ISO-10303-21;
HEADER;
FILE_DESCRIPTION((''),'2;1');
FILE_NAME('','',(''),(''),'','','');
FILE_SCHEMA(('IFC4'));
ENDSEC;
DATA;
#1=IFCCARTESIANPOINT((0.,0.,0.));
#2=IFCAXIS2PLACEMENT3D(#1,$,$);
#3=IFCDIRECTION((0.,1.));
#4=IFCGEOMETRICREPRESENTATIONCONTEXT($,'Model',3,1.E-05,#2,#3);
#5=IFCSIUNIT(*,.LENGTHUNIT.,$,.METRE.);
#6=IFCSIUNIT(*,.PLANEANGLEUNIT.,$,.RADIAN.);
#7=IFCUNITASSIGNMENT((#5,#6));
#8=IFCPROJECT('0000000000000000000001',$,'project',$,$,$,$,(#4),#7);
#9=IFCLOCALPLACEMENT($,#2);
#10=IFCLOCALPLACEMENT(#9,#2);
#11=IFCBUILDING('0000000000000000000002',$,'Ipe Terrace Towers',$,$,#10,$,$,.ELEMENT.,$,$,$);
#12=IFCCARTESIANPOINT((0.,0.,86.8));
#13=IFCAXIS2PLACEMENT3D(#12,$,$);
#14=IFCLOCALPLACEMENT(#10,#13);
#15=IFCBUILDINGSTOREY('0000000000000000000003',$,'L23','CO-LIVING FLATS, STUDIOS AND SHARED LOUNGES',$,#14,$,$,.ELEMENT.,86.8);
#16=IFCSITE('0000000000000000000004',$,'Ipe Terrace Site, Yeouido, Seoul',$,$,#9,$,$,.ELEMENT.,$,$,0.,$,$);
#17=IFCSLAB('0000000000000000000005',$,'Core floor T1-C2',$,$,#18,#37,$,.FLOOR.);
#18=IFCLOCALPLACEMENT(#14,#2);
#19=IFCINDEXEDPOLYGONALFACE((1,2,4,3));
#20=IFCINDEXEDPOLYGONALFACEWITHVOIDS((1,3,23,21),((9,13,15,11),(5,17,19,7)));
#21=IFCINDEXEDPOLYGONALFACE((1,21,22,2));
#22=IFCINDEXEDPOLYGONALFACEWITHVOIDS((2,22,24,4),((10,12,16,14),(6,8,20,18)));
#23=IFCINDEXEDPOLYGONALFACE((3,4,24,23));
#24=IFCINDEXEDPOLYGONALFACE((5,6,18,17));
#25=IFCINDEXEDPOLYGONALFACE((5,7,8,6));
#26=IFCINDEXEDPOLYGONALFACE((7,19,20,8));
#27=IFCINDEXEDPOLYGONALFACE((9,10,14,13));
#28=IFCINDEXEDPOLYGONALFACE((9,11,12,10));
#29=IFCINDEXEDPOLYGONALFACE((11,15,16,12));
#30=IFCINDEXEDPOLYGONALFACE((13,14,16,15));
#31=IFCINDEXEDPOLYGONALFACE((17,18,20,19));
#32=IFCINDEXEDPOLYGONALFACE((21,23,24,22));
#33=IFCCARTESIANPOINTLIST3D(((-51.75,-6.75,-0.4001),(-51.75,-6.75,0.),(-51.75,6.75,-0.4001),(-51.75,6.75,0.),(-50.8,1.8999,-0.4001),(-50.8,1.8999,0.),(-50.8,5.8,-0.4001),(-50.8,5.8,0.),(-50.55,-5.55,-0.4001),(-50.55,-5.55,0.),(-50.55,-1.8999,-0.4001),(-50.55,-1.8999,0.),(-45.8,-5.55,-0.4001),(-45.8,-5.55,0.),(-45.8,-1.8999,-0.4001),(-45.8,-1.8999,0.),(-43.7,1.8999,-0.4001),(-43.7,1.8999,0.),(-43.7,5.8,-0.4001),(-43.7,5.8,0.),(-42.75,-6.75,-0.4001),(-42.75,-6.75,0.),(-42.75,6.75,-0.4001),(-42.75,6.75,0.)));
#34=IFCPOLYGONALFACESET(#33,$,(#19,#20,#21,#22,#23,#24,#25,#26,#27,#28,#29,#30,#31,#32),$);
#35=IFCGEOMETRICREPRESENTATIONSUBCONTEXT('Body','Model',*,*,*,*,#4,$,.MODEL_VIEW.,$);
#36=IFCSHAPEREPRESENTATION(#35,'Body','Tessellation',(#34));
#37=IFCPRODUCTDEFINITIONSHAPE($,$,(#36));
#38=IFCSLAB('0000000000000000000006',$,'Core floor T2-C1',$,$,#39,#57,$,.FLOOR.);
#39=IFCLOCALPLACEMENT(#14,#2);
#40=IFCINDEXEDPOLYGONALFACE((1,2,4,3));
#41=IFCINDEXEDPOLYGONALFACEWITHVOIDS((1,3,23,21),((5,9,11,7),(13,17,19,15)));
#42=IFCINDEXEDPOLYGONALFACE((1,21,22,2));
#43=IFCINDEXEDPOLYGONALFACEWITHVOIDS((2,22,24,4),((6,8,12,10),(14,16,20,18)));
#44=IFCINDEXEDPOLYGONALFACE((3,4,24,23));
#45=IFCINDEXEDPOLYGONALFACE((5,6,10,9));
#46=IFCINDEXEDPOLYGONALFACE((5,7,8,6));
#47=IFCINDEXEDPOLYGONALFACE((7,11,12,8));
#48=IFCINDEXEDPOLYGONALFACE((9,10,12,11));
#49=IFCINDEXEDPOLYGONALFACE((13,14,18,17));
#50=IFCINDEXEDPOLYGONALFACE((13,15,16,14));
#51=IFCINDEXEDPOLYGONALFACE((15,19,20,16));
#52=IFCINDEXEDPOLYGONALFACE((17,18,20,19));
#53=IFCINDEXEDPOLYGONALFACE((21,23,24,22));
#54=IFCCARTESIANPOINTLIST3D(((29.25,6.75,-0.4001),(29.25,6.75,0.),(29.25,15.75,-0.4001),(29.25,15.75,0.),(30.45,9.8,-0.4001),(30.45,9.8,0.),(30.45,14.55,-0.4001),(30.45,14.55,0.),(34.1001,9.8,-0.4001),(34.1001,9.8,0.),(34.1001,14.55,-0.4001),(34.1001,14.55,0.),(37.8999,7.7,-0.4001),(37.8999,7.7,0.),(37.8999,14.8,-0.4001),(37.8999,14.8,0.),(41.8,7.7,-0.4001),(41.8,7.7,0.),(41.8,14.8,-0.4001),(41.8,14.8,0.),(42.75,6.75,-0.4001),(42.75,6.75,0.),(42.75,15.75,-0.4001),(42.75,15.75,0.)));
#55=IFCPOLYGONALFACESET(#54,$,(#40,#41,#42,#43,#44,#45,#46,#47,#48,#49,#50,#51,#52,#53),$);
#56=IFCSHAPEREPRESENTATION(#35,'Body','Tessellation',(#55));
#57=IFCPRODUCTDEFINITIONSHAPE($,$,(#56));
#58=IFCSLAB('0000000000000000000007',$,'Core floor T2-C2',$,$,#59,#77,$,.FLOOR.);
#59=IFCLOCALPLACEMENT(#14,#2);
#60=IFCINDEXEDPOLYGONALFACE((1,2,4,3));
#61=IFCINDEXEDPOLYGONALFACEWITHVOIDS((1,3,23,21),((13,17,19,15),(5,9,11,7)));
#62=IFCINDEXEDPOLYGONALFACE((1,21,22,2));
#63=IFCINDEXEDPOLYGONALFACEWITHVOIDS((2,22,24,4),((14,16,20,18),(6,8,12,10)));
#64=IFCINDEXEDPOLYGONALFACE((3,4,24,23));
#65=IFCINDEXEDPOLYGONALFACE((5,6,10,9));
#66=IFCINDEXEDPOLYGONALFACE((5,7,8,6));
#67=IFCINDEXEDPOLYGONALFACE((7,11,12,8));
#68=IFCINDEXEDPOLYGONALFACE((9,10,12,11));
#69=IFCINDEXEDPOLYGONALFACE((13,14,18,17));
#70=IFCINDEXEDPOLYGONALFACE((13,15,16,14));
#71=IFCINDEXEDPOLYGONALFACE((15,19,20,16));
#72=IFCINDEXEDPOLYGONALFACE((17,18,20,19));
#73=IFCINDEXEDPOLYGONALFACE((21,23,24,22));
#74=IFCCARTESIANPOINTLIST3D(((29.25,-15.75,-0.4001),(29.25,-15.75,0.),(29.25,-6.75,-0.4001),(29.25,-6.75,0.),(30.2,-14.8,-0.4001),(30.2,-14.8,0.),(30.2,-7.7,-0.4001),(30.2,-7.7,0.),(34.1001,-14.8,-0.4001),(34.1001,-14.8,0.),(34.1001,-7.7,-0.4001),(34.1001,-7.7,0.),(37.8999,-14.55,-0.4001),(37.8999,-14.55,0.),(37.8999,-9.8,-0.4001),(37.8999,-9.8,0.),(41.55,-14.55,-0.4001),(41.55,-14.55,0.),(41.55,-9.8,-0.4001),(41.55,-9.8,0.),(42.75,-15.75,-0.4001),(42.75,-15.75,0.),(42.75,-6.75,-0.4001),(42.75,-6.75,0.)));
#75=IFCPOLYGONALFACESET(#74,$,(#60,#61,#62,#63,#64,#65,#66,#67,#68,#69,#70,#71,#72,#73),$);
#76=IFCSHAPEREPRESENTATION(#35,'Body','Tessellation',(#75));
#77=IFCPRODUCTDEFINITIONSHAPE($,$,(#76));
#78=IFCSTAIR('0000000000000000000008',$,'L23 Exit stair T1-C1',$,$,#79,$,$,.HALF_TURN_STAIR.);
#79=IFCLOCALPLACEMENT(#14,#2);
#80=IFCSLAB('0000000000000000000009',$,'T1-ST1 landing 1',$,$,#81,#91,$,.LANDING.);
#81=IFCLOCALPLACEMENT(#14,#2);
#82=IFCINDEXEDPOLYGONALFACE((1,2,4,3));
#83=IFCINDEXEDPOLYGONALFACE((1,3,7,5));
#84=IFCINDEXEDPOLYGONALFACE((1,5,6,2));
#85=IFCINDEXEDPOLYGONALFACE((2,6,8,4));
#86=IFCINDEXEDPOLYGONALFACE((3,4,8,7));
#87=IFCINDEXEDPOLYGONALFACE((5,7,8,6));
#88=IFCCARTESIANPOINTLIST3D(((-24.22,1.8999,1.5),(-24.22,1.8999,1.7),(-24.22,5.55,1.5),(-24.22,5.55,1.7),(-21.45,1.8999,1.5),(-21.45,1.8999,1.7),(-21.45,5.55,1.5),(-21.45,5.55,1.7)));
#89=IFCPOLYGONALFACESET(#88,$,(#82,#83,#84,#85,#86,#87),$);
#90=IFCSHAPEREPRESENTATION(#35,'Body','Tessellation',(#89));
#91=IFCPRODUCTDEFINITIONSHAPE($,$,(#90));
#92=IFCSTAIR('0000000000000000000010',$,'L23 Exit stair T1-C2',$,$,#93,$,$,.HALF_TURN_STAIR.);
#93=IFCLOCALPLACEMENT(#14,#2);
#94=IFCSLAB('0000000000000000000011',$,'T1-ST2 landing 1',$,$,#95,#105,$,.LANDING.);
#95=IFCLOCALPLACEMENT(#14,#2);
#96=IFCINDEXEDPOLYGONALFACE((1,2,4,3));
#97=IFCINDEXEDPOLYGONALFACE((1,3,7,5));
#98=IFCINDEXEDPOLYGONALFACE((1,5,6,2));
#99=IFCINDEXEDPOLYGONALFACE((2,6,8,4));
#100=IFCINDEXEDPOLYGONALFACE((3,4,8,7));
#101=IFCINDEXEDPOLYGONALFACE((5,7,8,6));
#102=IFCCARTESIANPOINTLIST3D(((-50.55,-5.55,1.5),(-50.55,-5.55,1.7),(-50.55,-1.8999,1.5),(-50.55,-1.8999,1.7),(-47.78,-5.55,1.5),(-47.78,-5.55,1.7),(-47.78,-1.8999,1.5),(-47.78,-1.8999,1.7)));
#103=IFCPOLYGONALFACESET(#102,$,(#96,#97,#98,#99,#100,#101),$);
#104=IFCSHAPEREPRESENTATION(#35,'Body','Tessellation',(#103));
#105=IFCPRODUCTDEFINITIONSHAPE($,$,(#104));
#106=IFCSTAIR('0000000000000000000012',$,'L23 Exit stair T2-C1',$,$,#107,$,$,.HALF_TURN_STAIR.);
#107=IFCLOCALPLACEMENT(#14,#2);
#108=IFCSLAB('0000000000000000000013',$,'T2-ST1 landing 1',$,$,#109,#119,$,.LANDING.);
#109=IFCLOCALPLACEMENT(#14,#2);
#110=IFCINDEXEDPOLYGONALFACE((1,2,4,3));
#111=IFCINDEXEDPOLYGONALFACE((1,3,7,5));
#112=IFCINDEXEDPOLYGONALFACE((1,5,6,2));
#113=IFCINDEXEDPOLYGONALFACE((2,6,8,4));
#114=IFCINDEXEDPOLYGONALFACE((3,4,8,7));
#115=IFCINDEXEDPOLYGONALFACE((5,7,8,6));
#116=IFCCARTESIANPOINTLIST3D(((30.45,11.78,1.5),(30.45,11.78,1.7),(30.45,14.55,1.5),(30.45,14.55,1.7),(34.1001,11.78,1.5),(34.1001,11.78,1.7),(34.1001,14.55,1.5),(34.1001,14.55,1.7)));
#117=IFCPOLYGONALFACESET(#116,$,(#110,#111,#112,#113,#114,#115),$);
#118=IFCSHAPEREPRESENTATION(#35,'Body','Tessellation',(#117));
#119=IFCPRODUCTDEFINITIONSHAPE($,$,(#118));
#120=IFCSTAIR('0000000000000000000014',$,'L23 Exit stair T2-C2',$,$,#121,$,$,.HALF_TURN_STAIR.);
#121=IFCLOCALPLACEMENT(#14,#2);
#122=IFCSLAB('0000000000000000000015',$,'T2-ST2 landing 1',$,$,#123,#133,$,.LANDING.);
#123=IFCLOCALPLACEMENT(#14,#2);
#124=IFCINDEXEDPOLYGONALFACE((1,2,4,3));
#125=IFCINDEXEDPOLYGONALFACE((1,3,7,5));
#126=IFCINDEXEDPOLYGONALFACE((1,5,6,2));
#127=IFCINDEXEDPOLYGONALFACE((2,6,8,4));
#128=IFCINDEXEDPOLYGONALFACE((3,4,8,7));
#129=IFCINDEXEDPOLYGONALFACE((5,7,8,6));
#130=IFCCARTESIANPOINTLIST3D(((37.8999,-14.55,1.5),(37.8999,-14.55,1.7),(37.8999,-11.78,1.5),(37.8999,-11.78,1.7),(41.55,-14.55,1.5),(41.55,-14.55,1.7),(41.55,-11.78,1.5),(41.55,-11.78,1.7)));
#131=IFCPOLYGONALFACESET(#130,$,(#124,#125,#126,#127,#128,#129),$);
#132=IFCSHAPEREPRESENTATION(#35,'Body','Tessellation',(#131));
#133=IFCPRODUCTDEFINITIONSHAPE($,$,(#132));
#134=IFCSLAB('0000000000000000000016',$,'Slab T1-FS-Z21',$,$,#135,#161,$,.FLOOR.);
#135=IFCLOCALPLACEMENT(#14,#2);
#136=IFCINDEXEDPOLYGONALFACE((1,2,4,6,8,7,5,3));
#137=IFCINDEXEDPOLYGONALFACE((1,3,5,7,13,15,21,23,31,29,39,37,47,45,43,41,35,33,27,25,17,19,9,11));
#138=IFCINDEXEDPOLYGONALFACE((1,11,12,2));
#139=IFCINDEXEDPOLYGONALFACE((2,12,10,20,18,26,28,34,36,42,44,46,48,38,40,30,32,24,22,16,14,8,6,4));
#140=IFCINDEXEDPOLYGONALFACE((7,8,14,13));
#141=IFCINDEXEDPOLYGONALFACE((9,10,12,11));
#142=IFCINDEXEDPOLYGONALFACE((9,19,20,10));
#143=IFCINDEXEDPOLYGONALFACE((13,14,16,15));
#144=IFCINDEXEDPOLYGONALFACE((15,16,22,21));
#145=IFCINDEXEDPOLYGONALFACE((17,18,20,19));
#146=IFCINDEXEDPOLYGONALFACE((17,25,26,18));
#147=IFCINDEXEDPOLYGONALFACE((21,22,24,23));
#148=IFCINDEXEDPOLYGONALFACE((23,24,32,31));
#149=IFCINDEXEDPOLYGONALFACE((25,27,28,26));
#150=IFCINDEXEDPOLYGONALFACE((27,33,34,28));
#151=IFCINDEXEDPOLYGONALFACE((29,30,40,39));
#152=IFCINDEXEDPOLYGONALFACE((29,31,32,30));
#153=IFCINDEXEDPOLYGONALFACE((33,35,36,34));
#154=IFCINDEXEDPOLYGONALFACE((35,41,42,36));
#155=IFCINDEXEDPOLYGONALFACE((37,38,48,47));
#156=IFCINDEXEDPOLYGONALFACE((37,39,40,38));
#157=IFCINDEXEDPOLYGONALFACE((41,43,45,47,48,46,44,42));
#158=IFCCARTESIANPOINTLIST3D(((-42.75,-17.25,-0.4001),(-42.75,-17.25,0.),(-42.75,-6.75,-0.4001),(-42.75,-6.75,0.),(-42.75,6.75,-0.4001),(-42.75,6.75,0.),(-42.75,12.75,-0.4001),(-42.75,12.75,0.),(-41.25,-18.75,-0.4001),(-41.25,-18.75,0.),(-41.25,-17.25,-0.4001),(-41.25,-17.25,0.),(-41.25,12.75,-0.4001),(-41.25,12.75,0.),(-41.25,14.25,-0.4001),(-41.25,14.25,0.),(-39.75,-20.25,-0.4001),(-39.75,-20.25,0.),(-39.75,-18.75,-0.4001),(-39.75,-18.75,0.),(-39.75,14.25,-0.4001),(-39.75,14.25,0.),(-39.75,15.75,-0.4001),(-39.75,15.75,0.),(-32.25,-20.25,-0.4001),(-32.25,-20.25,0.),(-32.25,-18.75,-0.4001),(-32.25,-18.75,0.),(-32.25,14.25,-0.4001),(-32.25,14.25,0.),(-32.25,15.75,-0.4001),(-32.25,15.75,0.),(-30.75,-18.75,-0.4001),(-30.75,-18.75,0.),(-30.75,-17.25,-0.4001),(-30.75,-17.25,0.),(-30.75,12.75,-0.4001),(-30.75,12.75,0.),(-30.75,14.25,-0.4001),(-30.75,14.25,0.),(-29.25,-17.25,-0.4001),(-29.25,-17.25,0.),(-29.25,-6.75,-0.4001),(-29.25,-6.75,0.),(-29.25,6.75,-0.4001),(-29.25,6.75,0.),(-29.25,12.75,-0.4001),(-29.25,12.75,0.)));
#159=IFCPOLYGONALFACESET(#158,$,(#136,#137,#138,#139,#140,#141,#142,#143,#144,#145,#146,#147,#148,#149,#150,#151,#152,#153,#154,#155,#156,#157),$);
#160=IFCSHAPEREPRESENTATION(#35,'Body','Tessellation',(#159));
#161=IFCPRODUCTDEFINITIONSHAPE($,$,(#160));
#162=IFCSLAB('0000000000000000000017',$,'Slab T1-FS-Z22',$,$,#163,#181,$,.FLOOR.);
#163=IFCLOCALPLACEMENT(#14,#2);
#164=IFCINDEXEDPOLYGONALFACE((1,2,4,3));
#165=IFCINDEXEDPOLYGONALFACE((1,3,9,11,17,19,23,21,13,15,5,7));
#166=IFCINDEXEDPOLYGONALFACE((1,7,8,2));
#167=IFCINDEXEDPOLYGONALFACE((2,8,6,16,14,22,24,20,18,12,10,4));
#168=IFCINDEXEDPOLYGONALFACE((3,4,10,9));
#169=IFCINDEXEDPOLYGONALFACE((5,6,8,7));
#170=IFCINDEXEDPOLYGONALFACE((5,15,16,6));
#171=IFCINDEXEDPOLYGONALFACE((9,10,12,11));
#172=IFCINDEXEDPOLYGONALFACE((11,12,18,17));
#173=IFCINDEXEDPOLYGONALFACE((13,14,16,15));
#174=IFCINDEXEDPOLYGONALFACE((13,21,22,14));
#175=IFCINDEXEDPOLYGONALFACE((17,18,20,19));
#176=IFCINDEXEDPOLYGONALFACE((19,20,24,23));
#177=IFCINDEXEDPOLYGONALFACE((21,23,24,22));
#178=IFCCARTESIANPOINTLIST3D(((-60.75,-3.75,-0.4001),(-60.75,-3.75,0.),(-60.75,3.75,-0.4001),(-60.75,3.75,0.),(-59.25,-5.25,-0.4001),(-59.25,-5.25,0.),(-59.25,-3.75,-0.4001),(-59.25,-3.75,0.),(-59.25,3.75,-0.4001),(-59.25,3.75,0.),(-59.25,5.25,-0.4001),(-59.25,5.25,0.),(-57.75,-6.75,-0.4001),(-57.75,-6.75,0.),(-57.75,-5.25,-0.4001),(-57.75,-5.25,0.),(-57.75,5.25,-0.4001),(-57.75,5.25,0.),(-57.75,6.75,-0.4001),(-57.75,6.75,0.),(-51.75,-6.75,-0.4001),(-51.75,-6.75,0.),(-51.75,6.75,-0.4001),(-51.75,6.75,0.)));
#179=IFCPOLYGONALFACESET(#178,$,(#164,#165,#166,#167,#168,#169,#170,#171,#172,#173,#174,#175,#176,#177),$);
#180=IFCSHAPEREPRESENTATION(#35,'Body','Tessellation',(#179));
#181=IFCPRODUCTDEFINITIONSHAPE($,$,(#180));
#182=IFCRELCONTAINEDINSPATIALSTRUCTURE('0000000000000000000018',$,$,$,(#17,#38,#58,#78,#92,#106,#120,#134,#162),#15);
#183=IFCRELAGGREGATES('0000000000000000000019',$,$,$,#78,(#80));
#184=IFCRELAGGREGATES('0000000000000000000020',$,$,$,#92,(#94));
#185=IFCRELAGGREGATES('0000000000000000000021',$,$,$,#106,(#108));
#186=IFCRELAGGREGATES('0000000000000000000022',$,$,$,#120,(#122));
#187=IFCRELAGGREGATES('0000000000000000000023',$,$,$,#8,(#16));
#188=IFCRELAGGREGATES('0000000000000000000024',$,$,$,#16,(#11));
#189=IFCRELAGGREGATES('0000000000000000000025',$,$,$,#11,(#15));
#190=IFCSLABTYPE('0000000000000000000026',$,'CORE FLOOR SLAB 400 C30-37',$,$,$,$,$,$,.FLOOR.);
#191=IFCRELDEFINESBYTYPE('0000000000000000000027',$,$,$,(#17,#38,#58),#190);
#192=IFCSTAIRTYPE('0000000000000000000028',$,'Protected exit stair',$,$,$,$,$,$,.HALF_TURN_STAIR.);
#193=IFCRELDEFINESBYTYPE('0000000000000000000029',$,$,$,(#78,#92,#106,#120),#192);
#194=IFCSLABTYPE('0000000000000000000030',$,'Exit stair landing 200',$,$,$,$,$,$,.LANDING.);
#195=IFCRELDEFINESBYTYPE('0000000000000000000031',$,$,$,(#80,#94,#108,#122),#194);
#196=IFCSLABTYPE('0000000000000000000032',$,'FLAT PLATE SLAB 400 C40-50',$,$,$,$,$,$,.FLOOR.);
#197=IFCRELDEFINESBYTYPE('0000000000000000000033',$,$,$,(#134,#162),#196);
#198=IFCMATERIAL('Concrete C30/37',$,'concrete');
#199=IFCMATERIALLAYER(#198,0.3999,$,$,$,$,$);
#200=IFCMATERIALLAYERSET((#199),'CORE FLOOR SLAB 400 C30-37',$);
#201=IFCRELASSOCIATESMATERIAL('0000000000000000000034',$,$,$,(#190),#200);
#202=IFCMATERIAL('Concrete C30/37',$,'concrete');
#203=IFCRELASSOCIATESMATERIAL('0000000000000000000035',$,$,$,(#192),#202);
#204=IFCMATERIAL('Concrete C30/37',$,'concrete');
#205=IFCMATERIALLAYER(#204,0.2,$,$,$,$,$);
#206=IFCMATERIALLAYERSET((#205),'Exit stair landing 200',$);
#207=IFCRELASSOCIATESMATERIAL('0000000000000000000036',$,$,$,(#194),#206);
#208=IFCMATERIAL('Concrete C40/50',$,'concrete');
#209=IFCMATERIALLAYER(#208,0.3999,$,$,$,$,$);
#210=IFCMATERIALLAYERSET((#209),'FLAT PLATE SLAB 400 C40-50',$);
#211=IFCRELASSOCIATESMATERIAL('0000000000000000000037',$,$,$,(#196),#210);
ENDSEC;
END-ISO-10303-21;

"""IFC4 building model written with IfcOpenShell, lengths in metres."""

from ifc_helpers import new_model, si_unit, direction, frame, origin, place, context, subcontext, project, spatial, polyline, outline, extrude, material, layer, layer_set, type_object, element, aggregate, save


model = new_model("IFC4")

# Units and contexts
model_context = context("Model", 3, precision=1e-05, world=origin(), true_north=direction((0.0, 1.0)))
body_context = subcontext(model_context, "Body", "Model", "MODEL_VIEW")
ifc_project = project(units=[si_unit("LENGTHUNIT", "METRE"), si_unit("PLANEANGLEUNIT", "RADIAN")], contexts=[model_context])

# Site, building, storey
site_placement = place(None, origin())
site = spatial("IfcSite", under=ifc_project, at=site_placement, Name="Ipe Terrace Site, Yeouido, Seoul", CompositionType="ELEMENT", RefElevation=0.0)
building_placement = place(site_placement, origin())
building = spatial("IfcBuilding", under=site, at=building_placement, Name="Ipe Terrace Towers", CompositionType="ELEMENT")
storey_placement = place(building_placement, frame((0.0, 0.0, 86.8)))
storey = spatial("IfcBuildingStorey", under=building, at=storey_placement, Name="L23", Description="CO-LIVING FLATS, STUDIOS AND SHARED LOUNGES", CompositionType="ELEMENT", Elevation=86.8)

# Slabs
ifc_material_1 = material(Name="Concrete C30/37", Category="concrete")
ifc_layer_1 = layer(ifc_material_1, 0.3999)
ifc_layer_set_1 = layer_set([ifc_layer_1], Name="CORE FLOOR SLAB 400 C30-37")
slab_type_1 = type_object("IfcSlabType", Name="CORE FLOOR SLAB 400 C30-37", PredefinedType="FLOOR", material=ifc_layer_set_1)
slab_1_placement = place(storey_placement, frame((0.0, 0.0, -0.4001)))
element("IfcSlab", 1, at=slab_1_placement, inside=storey, type_object=slab_type_1, Name="Core floor T1-C2", PredefinedType="FLOOR", context=body_context, shape_type="SweptSolid", body=[
    extrude(outline(polyline([(-51.75, -6.75), (-51.75, 6.75), (-42.75, 6.75), (-42.75, -6.75), (-51.75, -6.75)]), holes=[polyline([(-45.8, -5.55), (-45.8, -1.8999), (-50.55, -1.8999), (-50.55, -5.55), (-45.8, -5.55)]), polyline([(-50.8, 1.8999), (-43.7, 1.8999), (-43.7, 5.8), (-50.8, 5.8), (-50.8, 1.8999)])]), origin(), (0.0, 0.0, 1.0), 0.4001),
])
slab_2_placement = place(storey_placement, frame((0.0, 0.0, -0.4001)))
element("IfcSlab", 2, at=slab_2_placement, inside=storey, type_object=slab_type_1, Name="Core floor T2-C1", PredefinedType="FLOOR", context=body_context, shape_type="SweptSolid", body=[
    extrude(outline(polyline([(29.25, 6.75), (29.25, 15.75), (42.75, 15.75), (42.75, 6.75), (29.25, 6.75)]), holes=[polyline([(41.8, 7.7), (41.8, 14.8), (37.8999, 14.8), (37.8999, 7.7), (41.8, 7.7)]), polyline([(30.45, 9.8), (34.1001, 9.8), (34.1001, 14.55), (30.45, 14.55), (30.45, 9.8)])]), origin(), (0.0, 0.0, 1.0), 0.4001),
])
slab_3_placement = place(storey_placement, frame((0.0, 0.0, -0.4001)))
element("IfcSlab", 3, at=slab_3_placement, inside=storey, type_object=slab_type_1, Name="Core floor T2-C2", PredefinedType="FLOOR", context=body_context, shape_type="SweptSolid", body=[
    extrude(outline(polyline([(29.25, -15.75), (29.25, -6.75), (42.75, -6.75), (42.75, -15.75), (29.25, -15.75)]), holes=[polyline([(34.1001, -14.8), (34.1001, -7.7), (30.2, -7.7), (30.2, -14.8), (34.1001, -14.8)]), polyline([(41.55, -9.8), (37.8999, -9.8), (37.8999, -14.55), (41.55, -14.55), (41.55, -9.8)])]), origin(), (0.0, 0.0, 1.0), 0.4001),
])

# Stairs, slabs
ifc_material_2 = material(Name="Concrete C30/37", Category="concrete")
stair_type = type_object("IfcStairType", Name="Protected exit stair", PredefinedType="HALF_TURN_STAIR", material=ifc_material_2)
stair_1_placement = place(storey_placement, origin())
stair_1 = element("IfcStair", 4, at=stair_1_placement, inside=storey, type_object=stair_type, Name="L23 Exit stair T1-C1", PredefinedType="HALF_TURN_STAIR")
ifc_material_3 = material(Name="Concrete C30/37", Category="concrete")
ifc_layer_2 = layer(ifc_material_3, 0.2)
ifc_layer_set_2 = layer_set([ifc_layer_2], Name="Exit stair landing 200")
slab_type_2 = type_object("IfcSlabType", Name="Exit stair landing 200", PredefinedType="LANDING", material=ifc_layer_set_2)
slab_4_placement = place(storey_placement, frame((0.0, 0.0, 1.5)))
slab_4 = element("IfcSlab", 5, at=slab_4_placement, type_object=slab_type_2, Name="T1-ST1 landing 1", PredefinedType="LANDING", context=body_context, shape_type="SweptSolid", body=[
    extrude(outline(polyline([(-24.22, 1.8999), (-21.45, 1.8999), (-21.45, 5.55), (-24.22, 5.55), (-24.22, 1.8999)])), origin(), (0.0, 0.0, 1.0), 0.2),
])
aggregate(stair_1, [slab_4])
stair_2_placement = place(storey_placement, origin())
stair_2 = element("IfcStair", 6, at=stair_2_placement, inside=storey, type_object=stair_type, Name="L23 Exit stair T1-C2", PredefinedType="HALF_TURN_STAIR")
slab_5_placement = place(storey_placement, frame((0.0, 0.0, 1.5)))
slab_5 = element("IfcSlab", 7, at=slab_5_placement, type_object=slab_type_2, Name="T1-ST2 landing 1", PredefinedType="LANDING", context=body_context, shape_type="SweptSolid", body=[
    extrude(outline(polyline([(-47.78, -1.8999), (-50.55, -1.8999), (-50.55, -5.55), (-47.78, -5.55), (-47.78, -1.8999)])), origin(), (0.0, 0.0, 1.0), 0.2),
])
aggregate(stair_2, [slab_5])
stair_3_placement = place(storey_placement, origin())
stair_3 = element("IfcStair", 8, at=stair_3_placement, inside=storey, type_object=stair_type, Name="L23 Exit stair T2-C1", PredefinedType="HALF_TURN_STAIR")
slab_6_placement = place(storey_placement, frame((0.0, 0.0, 1.5)))
slab_6 = element("IfcSlab", 9, at=slab_6_placement, type_object=slab_type_2, Name="T2-ST1 landing 1", PredefinedType="LANDING", context=body_context, shape_type="SweptSolid", body=[
    extrude(outline(polyline([(34.1001, 11.78), (34.1001, 14.55), (30.45, 14.55), (30.45, 11.78), (34.1001, 11.78)])), origin(), (0.0, 0.0, 1.0), 0.2),
])
aggregate(stair_3, [slab_6])
stair_4_placement = place(storey_placement, origin())
stair_4 = element("IfcStair", 10, at=stair_4_placement, inside=storey, type_object=stair_type, Name="L23 Exit stair T2-C2", PredefinedType="HALF_TURN_STAIR")
slab_7_placement = place(storey_placement, frame((0.0, 0.0, 1.5)))
slab_7 = element("IfcSlab", 11, at=slab_7_placement, type_object=slab_type_2, Name="T2-ST2 landing 1", PredefinedType="LANDING", context=body_context, shape_type="SweptSolid", body=[
    extrude(outline(polyline([(37.8999, -11.78), (37.8999, -14.55), (41.55, -14.55), (41.55, -11.78), (37.8999, -11.78)])), origin(), (0.0, 0.0, 1.0), 0.2),
])
aggregate(stair_4, [slab_7])

# Slabs
ifc_material_4 = material(Name="Concrete C40/50", Category="concrete")
ifc_layer_3 = layer(ifc_material_4, 0.3999)
ifc_layer_set_3 = layer_set([ifc_layer_3], Name="FLAT PLATE SLAB 400 C40-50")
slab_type_3 = type_object("IfcSlabType", Name="FLAT PLATE SLAB 400 C40-50", PredefinedType="FLOOR", material=ifc_layer_set_3)
slab_8_placement = place(storey_placement, frame((0.0, 0.0, -0.4001)))
element("IfcSlab", 12, at=slab_8_placement, inside=storey, type_object=slab_type_3, Name="Slab T1-FS-Z21", PredefinedType="FLOOR", context=body_context, shape_type="SweptSolid", body=[
    extrude(outline(polyline([(-30.75, -17.25), (-30.75, -18.75), (-32.25, -18.75), (-32.25, -20.25), (-39.75, -20.25), (-39.75, -18.75), (-41.25, -18.75), (-41.25, -17.25), (-42.75, -17.25), (-42.75, -6.75), (-42.75, 6.75), (-42.75, 12.75), (-41.25, 12.75), (-41.25, 14.25), (-39.75, 14.25), (-39.75, 15.75), (-32.25, 15.75), (-32.25, 14.25), (-30.75, 14.25), (-30.75, 12.75), (-29.25, 12.75), (-29.25, 6.75), (-29.25, -6.75), (-29.25, -17.25), (-30.75, -17.25)])), origin(), (0.0, 0.0, 1.0), 0.4001),
])
slab_9_placement = place(storey_placement, frame((0.0, 0.0, -0.4001)))
element("IfcSlab", 13, at=slab_9_placement, inside=storey, type_object=slab_type_3, Name="Slab T1-FS-Z22", PredefinedType="FLOOR", context=body_context, shape_type="SweptSolid", body=[
    extrude(outline(polyline([(-57.75, -6.75), (-57.75, -5.25), (-59.25, -5.25), (-59.25, -3.75), (-60.75, -3.75), (-60.75, 3.75), (-59.25, 3.75), (-59.25, 5.25), (-57.75, 5.25), (-57.75, 6.75), (-51.75, 6.75), (-51.75, -6.75), (-57.75, -6.75)])), origin(), (0.0, 0.0, 1.0), 0.4001),
])

save(model, "model.ifc")
